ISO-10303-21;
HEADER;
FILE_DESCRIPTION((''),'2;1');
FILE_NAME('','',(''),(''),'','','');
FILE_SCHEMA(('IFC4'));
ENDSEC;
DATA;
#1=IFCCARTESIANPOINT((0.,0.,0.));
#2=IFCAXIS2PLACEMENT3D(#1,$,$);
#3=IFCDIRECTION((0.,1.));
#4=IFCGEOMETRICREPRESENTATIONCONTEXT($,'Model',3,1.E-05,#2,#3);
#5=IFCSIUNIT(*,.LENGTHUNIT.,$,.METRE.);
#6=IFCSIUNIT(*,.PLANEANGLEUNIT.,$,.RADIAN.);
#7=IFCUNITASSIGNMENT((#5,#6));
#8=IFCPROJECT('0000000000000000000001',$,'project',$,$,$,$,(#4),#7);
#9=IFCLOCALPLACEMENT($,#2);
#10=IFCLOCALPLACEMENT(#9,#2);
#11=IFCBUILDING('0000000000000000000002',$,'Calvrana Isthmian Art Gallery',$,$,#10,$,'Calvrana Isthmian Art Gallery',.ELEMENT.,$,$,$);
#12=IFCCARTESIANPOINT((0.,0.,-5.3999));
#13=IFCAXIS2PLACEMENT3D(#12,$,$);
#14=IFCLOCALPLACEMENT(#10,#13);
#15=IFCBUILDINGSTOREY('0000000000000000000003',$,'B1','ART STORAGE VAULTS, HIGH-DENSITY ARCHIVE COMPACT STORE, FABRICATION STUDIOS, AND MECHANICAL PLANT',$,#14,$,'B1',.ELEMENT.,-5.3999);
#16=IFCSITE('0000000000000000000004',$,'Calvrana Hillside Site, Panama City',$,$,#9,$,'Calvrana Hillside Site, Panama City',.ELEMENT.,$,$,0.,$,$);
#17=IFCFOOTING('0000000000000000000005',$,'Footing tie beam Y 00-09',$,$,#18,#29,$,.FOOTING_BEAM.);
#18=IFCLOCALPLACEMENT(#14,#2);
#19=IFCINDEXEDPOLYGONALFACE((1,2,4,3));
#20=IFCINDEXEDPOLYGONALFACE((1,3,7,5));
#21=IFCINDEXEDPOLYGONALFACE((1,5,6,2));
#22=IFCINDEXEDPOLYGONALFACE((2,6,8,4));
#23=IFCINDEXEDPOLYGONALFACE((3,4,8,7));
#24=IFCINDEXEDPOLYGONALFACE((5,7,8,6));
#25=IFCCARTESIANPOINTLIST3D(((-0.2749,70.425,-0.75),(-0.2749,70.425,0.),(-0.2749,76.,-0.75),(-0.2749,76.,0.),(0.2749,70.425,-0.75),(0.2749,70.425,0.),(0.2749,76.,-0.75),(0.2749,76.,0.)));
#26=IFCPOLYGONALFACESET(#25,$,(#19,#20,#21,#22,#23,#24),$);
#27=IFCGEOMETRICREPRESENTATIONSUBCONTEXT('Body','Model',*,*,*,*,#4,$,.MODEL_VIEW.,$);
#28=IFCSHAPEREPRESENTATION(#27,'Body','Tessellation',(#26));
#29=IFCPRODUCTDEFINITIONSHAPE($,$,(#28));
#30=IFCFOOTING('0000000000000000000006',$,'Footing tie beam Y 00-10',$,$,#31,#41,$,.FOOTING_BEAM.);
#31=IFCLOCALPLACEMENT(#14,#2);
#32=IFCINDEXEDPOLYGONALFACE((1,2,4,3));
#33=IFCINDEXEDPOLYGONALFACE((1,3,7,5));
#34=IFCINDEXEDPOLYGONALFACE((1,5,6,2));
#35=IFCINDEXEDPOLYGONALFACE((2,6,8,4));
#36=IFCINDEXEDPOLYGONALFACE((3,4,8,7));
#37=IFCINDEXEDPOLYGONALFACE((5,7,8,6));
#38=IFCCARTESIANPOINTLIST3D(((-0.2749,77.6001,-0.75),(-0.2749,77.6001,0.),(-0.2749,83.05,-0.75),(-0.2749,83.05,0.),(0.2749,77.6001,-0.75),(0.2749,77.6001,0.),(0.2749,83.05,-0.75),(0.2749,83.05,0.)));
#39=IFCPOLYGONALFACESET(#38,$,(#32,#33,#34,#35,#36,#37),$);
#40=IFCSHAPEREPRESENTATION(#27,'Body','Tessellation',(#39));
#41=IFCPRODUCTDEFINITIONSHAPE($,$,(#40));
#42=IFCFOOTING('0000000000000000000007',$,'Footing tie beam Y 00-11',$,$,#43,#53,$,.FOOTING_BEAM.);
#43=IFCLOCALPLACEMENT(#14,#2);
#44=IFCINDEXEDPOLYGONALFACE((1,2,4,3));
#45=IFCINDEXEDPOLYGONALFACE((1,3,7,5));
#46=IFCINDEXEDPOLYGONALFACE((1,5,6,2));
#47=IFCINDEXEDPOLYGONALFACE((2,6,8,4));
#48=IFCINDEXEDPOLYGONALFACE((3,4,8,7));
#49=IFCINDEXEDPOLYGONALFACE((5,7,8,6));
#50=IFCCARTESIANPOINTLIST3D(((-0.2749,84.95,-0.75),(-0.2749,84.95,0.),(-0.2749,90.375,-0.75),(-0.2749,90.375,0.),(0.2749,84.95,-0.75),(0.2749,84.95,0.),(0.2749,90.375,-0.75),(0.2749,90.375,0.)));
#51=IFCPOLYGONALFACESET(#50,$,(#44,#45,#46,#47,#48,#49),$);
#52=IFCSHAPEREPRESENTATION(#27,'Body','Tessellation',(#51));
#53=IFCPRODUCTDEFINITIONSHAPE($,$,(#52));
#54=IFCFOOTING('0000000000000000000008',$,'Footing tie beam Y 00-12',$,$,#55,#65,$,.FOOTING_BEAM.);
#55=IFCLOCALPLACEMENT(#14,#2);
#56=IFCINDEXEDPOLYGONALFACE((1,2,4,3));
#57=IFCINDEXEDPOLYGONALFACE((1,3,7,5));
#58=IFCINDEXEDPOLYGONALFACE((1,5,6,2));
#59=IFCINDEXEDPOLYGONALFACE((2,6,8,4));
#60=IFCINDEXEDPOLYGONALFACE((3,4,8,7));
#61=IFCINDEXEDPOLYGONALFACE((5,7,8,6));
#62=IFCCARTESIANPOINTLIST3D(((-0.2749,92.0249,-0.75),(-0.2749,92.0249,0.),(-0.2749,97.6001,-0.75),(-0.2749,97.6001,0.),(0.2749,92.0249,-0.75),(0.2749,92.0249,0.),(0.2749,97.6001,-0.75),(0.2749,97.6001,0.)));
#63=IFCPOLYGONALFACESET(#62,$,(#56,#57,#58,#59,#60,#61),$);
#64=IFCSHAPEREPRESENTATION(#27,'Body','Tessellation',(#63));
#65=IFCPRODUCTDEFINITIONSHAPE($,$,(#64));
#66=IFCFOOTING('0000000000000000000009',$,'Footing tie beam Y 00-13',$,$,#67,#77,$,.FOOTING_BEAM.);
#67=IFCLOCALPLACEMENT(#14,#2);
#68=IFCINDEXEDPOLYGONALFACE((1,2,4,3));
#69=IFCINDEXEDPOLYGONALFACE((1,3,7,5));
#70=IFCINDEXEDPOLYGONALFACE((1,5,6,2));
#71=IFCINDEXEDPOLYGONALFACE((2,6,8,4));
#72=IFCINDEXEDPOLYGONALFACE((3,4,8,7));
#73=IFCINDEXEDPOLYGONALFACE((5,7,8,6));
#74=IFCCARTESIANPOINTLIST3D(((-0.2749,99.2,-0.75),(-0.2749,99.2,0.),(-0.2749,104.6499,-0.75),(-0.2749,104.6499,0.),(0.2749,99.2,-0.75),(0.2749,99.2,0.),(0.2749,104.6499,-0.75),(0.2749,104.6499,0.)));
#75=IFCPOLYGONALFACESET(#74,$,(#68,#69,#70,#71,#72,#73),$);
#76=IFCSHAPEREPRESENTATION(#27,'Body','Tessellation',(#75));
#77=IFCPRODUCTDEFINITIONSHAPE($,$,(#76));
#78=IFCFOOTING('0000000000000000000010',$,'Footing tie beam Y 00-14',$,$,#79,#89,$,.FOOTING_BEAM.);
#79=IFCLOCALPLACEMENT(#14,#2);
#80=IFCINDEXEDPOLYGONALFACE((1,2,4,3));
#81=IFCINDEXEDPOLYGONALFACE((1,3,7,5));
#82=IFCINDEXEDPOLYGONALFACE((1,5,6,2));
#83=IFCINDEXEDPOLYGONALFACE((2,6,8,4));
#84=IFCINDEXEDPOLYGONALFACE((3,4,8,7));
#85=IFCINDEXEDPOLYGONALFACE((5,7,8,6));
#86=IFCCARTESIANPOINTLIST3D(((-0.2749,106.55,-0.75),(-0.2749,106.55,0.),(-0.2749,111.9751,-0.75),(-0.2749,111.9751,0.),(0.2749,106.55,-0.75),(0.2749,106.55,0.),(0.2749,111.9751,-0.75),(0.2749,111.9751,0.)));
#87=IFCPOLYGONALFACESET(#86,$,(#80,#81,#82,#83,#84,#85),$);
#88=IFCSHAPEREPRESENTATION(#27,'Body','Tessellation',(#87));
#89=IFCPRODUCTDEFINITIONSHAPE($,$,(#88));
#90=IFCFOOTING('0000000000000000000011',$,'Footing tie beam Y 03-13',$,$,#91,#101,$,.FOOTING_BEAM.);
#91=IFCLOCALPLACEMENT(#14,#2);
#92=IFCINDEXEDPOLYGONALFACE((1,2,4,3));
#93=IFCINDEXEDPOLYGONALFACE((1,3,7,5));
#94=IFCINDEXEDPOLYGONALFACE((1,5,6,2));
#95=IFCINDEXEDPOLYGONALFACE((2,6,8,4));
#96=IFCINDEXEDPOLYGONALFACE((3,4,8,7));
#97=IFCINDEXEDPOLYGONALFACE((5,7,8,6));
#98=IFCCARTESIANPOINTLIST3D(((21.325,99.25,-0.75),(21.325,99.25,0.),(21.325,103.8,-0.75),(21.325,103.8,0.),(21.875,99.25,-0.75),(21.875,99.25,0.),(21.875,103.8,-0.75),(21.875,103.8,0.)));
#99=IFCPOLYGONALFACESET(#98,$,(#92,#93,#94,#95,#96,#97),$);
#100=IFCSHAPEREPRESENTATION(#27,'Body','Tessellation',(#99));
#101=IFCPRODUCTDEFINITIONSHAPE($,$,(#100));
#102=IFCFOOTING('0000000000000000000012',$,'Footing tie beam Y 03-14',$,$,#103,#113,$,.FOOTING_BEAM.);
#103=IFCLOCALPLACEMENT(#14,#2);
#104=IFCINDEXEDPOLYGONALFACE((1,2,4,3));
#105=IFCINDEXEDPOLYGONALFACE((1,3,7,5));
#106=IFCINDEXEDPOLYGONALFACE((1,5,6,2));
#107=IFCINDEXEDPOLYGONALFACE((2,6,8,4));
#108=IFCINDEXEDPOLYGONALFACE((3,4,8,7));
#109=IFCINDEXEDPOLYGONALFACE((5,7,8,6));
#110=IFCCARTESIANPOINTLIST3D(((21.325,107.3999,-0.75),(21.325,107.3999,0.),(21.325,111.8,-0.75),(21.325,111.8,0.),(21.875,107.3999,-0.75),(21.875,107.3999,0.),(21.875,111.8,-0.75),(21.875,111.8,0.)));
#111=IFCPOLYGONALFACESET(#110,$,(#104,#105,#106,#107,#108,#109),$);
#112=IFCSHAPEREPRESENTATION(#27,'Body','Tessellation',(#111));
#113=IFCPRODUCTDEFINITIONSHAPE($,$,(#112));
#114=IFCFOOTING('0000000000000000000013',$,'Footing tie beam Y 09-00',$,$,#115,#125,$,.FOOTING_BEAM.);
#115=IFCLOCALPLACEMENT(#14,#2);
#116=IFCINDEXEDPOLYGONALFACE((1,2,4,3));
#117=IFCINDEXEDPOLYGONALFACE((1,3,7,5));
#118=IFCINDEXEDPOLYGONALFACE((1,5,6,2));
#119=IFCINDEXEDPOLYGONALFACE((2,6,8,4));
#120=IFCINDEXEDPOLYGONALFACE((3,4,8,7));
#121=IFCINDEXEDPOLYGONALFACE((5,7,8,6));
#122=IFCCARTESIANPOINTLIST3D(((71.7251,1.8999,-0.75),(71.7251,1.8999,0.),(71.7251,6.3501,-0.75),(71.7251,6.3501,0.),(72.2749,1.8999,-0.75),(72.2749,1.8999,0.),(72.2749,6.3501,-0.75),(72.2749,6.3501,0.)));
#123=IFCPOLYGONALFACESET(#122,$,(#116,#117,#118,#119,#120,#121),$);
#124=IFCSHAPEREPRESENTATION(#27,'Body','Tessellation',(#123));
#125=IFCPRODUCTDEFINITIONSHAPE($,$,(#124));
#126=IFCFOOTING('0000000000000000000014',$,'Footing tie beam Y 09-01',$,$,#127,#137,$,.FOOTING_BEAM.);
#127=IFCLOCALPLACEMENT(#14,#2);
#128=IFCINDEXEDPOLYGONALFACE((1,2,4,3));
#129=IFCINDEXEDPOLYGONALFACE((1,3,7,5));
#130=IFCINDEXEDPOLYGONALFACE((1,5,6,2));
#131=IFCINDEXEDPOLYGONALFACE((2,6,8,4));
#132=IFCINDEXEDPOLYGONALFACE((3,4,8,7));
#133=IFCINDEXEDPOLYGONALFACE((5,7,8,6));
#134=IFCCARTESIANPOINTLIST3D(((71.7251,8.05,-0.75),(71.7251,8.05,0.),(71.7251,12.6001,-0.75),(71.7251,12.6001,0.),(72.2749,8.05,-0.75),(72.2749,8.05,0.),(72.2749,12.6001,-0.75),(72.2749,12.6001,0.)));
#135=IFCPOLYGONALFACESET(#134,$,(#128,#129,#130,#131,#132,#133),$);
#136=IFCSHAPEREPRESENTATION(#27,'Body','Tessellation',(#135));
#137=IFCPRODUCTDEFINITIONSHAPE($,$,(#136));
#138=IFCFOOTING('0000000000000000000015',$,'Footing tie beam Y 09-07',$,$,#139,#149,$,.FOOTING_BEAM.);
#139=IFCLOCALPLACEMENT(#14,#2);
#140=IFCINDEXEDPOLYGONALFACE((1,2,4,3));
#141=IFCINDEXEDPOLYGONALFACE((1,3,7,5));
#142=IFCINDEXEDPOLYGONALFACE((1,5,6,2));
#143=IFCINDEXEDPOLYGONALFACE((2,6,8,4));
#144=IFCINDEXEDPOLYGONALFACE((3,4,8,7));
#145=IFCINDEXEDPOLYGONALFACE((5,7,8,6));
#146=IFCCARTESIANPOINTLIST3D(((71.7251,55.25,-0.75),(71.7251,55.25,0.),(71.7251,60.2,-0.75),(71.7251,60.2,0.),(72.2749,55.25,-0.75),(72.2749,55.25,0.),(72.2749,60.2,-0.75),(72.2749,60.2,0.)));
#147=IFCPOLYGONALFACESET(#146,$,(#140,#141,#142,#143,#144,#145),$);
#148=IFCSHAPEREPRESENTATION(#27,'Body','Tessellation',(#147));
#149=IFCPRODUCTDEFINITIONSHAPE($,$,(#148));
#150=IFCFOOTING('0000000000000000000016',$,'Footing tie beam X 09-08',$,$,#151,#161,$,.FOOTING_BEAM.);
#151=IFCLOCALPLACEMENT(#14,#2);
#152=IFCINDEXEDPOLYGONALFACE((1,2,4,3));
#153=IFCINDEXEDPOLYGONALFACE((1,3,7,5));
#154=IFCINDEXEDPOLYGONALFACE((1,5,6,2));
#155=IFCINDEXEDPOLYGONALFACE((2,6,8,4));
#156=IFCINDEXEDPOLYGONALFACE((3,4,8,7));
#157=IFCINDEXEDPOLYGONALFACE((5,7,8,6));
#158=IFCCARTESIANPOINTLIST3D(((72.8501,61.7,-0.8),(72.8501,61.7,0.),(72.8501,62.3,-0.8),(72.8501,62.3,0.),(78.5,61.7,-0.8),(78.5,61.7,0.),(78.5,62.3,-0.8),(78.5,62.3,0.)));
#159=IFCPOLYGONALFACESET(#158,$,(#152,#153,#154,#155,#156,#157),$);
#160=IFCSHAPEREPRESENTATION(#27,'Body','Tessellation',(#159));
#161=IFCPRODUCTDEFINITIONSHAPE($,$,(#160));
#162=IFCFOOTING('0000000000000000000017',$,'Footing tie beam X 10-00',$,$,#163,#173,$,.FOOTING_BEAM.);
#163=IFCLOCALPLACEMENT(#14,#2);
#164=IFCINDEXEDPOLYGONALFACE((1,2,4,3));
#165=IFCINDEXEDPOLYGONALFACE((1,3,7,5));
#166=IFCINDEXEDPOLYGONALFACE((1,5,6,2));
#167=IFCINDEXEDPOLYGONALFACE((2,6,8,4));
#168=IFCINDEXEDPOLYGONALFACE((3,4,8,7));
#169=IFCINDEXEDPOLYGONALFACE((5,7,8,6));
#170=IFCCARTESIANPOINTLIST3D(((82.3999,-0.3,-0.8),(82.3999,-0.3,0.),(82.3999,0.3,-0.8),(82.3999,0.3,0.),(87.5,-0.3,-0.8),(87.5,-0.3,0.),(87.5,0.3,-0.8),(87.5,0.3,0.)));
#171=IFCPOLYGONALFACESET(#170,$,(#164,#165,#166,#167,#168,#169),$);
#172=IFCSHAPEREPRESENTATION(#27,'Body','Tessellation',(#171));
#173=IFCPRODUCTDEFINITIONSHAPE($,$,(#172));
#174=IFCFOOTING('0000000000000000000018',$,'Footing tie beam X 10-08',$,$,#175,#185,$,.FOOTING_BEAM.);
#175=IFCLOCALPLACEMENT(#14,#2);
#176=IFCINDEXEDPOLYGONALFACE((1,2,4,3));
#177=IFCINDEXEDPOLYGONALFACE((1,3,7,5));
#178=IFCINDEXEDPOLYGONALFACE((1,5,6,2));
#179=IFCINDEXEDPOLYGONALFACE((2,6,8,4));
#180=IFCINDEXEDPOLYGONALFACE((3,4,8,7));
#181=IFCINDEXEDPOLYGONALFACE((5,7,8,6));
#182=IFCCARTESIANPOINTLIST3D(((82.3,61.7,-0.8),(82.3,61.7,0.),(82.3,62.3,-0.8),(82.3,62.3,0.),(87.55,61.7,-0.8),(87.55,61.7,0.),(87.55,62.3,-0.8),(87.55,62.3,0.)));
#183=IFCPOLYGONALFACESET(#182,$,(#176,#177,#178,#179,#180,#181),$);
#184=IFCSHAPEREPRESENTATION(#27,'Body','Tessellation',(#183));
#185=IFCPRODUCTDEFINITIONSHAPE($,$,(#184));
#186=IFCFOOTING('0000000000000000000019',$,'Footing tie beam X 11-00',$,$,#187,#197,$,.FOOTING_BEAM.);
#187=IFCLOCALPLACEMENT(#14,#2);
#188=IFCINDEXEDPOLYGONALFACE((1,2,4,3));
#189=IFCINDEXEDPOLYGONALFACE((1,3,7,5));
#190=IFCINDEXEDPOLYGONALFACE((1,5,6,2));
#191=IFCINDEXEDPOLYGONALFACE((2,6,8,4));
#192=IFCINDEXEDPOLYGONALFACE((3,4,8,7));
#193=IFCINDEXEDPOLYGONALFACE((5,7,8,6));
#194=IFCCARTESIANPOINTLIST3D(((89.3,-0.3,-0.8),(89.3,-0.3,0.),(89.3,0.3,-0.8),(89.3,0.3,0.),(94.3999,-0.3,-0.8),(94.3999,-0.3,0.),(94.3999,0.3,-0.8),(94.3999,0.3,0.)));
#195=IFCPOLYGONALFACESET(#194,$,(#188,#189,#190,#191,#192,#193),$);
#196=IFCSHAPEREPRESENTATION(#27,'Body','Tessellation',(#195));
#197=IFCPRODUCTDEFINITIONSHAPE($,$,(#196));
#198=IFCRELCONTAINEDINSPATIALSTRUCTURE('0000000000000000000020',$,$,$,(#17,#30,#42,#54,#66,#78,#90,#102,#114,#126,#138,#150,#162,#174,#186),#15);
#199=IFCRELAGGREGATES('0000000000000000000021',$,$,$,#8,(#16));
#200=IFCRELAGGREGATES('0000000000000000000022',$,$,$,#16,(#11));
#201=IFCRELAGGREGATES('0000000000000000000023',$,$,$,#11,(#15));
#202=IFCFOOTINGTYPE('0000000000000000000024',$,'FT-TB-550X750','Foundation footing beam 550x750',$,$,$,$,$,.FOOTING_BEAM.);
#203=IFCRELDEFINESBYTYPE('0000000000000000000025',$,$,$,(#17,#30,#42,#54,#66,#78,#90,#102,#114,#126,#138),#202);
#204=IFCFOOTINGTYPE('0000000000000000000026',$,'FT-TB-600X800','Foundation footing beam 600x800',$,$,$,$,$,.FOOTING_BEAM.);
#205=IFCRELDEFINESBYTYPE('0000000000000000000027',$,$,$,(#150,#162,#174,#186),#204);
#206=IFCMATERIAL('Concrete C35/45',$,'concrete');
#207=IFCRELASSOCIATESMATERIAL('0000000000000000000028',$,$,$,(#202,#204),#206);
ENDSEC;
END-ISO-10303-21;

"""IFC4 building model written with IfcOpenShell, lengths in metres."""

from ifc_helpers import new_model, si_unit, direction, frame, origin, place, context, subcontext, project, spatial, polyline, outline, extrude, material, type_object, element, save


model = new_model("IFC4")

# Units and contexts
model_context = context("Model", 3, precision=1e-05, world=origin(), true_north=direction((0.0, 1.0)))
body_context = subcontext(model_context, "Body", "Model", "MODEL_VIEW")
ifc_project = project(units=[si_unit("LENGTHUNIT", "METRE"), si_unit("PLANEANGLEUNIT", "RADIAN")], contexts=[model_context])

# Site, building, storey
site_placement = place(None, origin())
site = spatial("IfcSite", under=ifc_project, at=site_placement, Name="Calvrana Hillside Site, Panama City", LongName="Calvrana Hillside Site, Panama City", CompositionType="ELEMENT", RefElevation=0.0)
building_placement = place(site_placement, origin())
building = spatial("IfcBuilding", under=site, at=building_placement, Name="Calvrana Isthmian Art Gallery", LongName="Calvrana Isthmian Art Gallery", CompositionType="ELEMENT")
storey_placement = place(building_placement, frame((0.0, 0.0, -5.3999)))
storey = spatial("IfcBuildingStorey", under=building, at=storey_placement, Name="B1", Description="ART STORAGE VAULTS, HIGH-DENSITY ARCHIVE COMPACT STORE, FABRICATION STUDIOS, AND MECHANICAL PLANT", LongName="B1", CompositionType="ELEMENT", Elevation=-5.3999)

# Footings
ifc_material = material(Name="Concrete C35/45", Category="concrete")
footing_type_1 = type_object("IfcFootingType", Name="FT-TB-550X750", Description="Foundation footing beam 550x750", PredefinedType="FOOTING_BEAM", material=ifc_material)
footing_1_placement = place(storey_placement, frame((0.0, 0.0, -0.75)))
element("IfcFooting", 1, at=footing_1_placement, inside=storey, type_object=footing_type_1, Name="Footing tie beam Y 00-09", PredefinedType="FOOTING_BEAM", context=body_context, shape_type="SweptSolid", body=[
    extrude(outline(polyline([(-0.2749, 70.425), (0.2749, 70.425), (0.2749, 76.0), (-0.2749, 76.0), (-0.2749, 70.425)])), origin(), (0.0, 0.0, 1.0), 0.75),
])
footing_2_placement = place(storey_placement, frame((0.0, 0.0, -0.75)))
element("IfcFooting", 2, at=footing_2_placement, inside=storey, type_object=footing_type_1, Name="Footing tie beam Y 00-10", PredefinedType="FOOTING_BEAM", context=body_context, shape_type="SweptSolid", body=[
    extrude(outline(polyline([(-0.2749, 77.6001), (0.2749, 77.6001), (0.2749, 83.05), (-0.2749, 83.05), (-0.2749, 77.6001)])), origin(), (0.0, 0.0, 1.0), 0.75),
])
footing_3_placement = place(storey_placement, frame((0.0, 0.0, -0.75)))
element("IfcFooting", 3, at=footing_3_placement, inside=storey, type_object=footing_type_1, Name="Footing tie beam Y 00-11", PredefinedType="FOOTING_BEAM", context=body_context, shape_type="SweptSolid", body=[
    extrude(outline(polyline([(-0.2749, 84.95), (0.2749, 84.95), (0.2749, 90.375), (-0.2749, 90.375), (-0.2749, 84.95)])), origin(), (0.0, 0.0, 1.0), 0.75),
])
footing_4_placement = place(storey_placement, frame((0.0, 0.0, -0.75)))
element("IfcFooting", 4, at=footing_4_placement, inside=storey, type_object=footing_type_1, Name="Footing tie beam Y 00-12", PredefinedType="FOOTING_BEAM", context=body_context, shape_type="SweptSolid", body=[
    extrude(outline(polyline([(-0.2749, 92.0249), (0.2749, 92.0249), (0.2749, 97.6001), (-0.2749, 97.6001), (-0.2749, 92.0249)])), origin(), (0.0, 0.0, 1.0), 0.75),
])
footing_5_placement = place(storey_placement, frame((0.0, 0.0, -0.75)))
element("IfcFooting", 5, at=footing_5_placement, inside=storey, type_object=footing_type_1, Name="Footing tie beam Y 00-13", PredefinedType="FOOTING_BEAM", context=body_context, shape_type="SweptSolid", body=[
    extrude(outline(polyline([(-0.2749, 99.2), (0.2749, 99.2), (0.2749, 104.6499), (-0.2749, 104.6499), (-0.2749, 99.2)])), origin(), (0.0, 0.0, 1.0), 0.75),
])
footing_6_placement = place(storey_placement, frame((0.0, 0.0, -0.75)))
element("IfcFooting", 6, at=footing_6_placement, inside=storey, type_object=footing_type_1, Name="Footing tie beam Y 00-14", PredefinedType="FOOTING_BEAM", context=body_context, shape_type="SweptSolid", body=[
    extrude(outline(polyline([(-0.2749, 106.55), (0.2749, 106.55), (0.2749, 111.9751), (-0.2749, 111.9751), (-0.2749, 106.55)])), origin(), (0.0, 0.0, 1.0), 0.75),
])
footing_7_placement = place(storey_placement, frame((0.0, 0.0, -0.75)))
element("IfcFooting", 7, at=footing_7_placement, inside=storey, type_object=footing_type_1, Name="Footing tie beam Y 03-13", PredefinedType="FOOTING_BEAM", context=body_context, shape_type="SweptSolid", body=[
    extrude(outline(polyline([(21.325, 99.25), (21.875, 99.25), (21.875, 103.8), (21.325, 103.8), (21.325, 99.25)])), origin(), (0.0, 0.0, 1.0), 0.75),
])
footing_8_placement = place(storey_placement, frame((0.0, 0.0, -0.75)))
element("IfcFooting", 8, at=footing_8_placement, inside=storey, type_object=footing_type_1, Name="Footing tie beam Y 03-14", PredefinedType="FOOTING_BEAM", context=body_context, shape_type="SweptSolid", body=[
    extrude(outline(polyline([(21.325, 107.3999), (21.875, 107.3999), (21.875, 111.8), (21.325, 111.8), (21.325, 107.3999)])), origin(), (0.0, 0.0, 1.0), 0.75),
])
footing_9_placement = place(storey_placement, frame((0.0, 0.0, -0.75)))
element("IfcFooting", 9, at=footing_9_placement, inside=storey, type_object=footing_type_1, Name="Footing tie beam Y 09-00", PredefinedType="FOOTING_BEAM", context=body_context, shape_type="SweptSolid", body=[
    extrude(outline(polyline([(71.7251, 1.8999), (72.2749, 1.8999), (72.2749, 6.3501), (71.7251, 6.3501), (71.7251, 1.8999)])), origin(), (0.0, 0.0, 1.0), 0.75),
])
footing_10_placement = place(storey_placement, frame((0.0, 0.0, -0.75)))
element("IfcFooting", 10, at=footing_10_placement, inside=storey, type_object=footing_type_1, Name="Footing tie beam Y 09-01", PredefinedType="FOOTING_BEAM", context=body_context, shape_type="SweptSolid", body=[
    extrude(outline(polyline([(71.7251, 8.05), (72.2749, 8.05), (72.2749, 12.6001), (71.7251, 12.6001), (71.7251, 8.05)])), origin(), (0.0, 0.0, 1.0), 0.75),
])
footing_11_placement = place(storey_placement, frame((0.0, 0.0, -0.75)))
element("IfcFooting", 11, at=footing_11_placement, inside=storey, type_object=footing_type_1, Name="Footing tie beam Y 09-07", PredefinedType="FOOTING_BEAM", context=body_context, shape_type="SweptSolid", body=[
    extrude(outline(polyline([(71.7251, 55.25), (72.2749, 55.25), (72.2749, 60.2), (71.7251, 60.2), (71.7251, 55.25)])), origin(), (0.0, 0.0, 1.0), 0.75),
])
footing_type_2 = type_object("IfcFootingType", Name="FT-TB-600X800", Description="Foundation footing beam 600x800", PredefinedType="FOOTING_BEAM", material=ifc_material)
footing_12_placement = place(storey_placement, frame((0.0, 0.0, -0.8)))
element("IfcFooting", 12, at=footing_12_placement, inside=storey, type_object=footing_type_2, Name="Footing tie beam X 09-08", PredefinedType="FOOTING_BEAM", context=body_context, shape_type="SweptSolid", body=[
    extrude(outline(polyline([(72.8501, 61.7), (78.5, 61.7), (78.5, 62.3), (72.8501, 62.3), (72.8501, 61.7)])), origin(), (0.0, 0.0, 1.0), 0.8),
])
footing_13_placement = place(storey_placement, frame((0.0, 0.0, -0.8)))
element("IfcFooting", 13, at=footing_13_placement, inside=storey, type_object=footing_type_2, Name="Footing tie beam X 10-00", PredefinedType="FOOTING_BEAM", context=body_context, shape_type="SweptSolid", body=[
    extrude(outline(polyline([(82.3999, -0.3), (87.5, -0.3), (87.5, 0.3), (82.3999, 0.3), (82.3999, -0.3)])), origin(), (0.0, 0.0, 1.0), 0.8),
])
footing_14_placement = place(storey_placement, frame((0.0, 0.0, -0.8)))
element("IfcFooting", 14, at=footing_14_placement, inside=storey, type_object=footing_type_2, Name="Footing tie beam X 10-08", PredefinedType="FOOTING_BEAM", context=body_context, shape_type="SweptSolid", body=[
    extrude(outline(polyline([(82.3, 61.7), (87.55, 61.7), (87.55, 62.3), (82.3, 62.3), (82.3, 61.7)])), origin(), (0.0, 0.0, 1.0), 0.8),
])
footing_15_placement = place(storey_placement, frame((0.0, 0.0, -0.8)))
element("IfcFooting", 15, at=footing_15_placement, inside=storey, type_object=footing_type_2, Name="Footing tie beam X 11-00", PredefinedType="FOOTING_BEAM", context=body_context, shape_type="SweptSolid", body=[
    extrude(outline(polyline([(89.3, -0.3), (94.3999, -0.3), (94.3999, 0.3), (89.3, 0.3), (89.3, -0.3)])), origin(), (0.0, 0.0, 1.0), 0.8),
])

save(model, "model.ifc")
